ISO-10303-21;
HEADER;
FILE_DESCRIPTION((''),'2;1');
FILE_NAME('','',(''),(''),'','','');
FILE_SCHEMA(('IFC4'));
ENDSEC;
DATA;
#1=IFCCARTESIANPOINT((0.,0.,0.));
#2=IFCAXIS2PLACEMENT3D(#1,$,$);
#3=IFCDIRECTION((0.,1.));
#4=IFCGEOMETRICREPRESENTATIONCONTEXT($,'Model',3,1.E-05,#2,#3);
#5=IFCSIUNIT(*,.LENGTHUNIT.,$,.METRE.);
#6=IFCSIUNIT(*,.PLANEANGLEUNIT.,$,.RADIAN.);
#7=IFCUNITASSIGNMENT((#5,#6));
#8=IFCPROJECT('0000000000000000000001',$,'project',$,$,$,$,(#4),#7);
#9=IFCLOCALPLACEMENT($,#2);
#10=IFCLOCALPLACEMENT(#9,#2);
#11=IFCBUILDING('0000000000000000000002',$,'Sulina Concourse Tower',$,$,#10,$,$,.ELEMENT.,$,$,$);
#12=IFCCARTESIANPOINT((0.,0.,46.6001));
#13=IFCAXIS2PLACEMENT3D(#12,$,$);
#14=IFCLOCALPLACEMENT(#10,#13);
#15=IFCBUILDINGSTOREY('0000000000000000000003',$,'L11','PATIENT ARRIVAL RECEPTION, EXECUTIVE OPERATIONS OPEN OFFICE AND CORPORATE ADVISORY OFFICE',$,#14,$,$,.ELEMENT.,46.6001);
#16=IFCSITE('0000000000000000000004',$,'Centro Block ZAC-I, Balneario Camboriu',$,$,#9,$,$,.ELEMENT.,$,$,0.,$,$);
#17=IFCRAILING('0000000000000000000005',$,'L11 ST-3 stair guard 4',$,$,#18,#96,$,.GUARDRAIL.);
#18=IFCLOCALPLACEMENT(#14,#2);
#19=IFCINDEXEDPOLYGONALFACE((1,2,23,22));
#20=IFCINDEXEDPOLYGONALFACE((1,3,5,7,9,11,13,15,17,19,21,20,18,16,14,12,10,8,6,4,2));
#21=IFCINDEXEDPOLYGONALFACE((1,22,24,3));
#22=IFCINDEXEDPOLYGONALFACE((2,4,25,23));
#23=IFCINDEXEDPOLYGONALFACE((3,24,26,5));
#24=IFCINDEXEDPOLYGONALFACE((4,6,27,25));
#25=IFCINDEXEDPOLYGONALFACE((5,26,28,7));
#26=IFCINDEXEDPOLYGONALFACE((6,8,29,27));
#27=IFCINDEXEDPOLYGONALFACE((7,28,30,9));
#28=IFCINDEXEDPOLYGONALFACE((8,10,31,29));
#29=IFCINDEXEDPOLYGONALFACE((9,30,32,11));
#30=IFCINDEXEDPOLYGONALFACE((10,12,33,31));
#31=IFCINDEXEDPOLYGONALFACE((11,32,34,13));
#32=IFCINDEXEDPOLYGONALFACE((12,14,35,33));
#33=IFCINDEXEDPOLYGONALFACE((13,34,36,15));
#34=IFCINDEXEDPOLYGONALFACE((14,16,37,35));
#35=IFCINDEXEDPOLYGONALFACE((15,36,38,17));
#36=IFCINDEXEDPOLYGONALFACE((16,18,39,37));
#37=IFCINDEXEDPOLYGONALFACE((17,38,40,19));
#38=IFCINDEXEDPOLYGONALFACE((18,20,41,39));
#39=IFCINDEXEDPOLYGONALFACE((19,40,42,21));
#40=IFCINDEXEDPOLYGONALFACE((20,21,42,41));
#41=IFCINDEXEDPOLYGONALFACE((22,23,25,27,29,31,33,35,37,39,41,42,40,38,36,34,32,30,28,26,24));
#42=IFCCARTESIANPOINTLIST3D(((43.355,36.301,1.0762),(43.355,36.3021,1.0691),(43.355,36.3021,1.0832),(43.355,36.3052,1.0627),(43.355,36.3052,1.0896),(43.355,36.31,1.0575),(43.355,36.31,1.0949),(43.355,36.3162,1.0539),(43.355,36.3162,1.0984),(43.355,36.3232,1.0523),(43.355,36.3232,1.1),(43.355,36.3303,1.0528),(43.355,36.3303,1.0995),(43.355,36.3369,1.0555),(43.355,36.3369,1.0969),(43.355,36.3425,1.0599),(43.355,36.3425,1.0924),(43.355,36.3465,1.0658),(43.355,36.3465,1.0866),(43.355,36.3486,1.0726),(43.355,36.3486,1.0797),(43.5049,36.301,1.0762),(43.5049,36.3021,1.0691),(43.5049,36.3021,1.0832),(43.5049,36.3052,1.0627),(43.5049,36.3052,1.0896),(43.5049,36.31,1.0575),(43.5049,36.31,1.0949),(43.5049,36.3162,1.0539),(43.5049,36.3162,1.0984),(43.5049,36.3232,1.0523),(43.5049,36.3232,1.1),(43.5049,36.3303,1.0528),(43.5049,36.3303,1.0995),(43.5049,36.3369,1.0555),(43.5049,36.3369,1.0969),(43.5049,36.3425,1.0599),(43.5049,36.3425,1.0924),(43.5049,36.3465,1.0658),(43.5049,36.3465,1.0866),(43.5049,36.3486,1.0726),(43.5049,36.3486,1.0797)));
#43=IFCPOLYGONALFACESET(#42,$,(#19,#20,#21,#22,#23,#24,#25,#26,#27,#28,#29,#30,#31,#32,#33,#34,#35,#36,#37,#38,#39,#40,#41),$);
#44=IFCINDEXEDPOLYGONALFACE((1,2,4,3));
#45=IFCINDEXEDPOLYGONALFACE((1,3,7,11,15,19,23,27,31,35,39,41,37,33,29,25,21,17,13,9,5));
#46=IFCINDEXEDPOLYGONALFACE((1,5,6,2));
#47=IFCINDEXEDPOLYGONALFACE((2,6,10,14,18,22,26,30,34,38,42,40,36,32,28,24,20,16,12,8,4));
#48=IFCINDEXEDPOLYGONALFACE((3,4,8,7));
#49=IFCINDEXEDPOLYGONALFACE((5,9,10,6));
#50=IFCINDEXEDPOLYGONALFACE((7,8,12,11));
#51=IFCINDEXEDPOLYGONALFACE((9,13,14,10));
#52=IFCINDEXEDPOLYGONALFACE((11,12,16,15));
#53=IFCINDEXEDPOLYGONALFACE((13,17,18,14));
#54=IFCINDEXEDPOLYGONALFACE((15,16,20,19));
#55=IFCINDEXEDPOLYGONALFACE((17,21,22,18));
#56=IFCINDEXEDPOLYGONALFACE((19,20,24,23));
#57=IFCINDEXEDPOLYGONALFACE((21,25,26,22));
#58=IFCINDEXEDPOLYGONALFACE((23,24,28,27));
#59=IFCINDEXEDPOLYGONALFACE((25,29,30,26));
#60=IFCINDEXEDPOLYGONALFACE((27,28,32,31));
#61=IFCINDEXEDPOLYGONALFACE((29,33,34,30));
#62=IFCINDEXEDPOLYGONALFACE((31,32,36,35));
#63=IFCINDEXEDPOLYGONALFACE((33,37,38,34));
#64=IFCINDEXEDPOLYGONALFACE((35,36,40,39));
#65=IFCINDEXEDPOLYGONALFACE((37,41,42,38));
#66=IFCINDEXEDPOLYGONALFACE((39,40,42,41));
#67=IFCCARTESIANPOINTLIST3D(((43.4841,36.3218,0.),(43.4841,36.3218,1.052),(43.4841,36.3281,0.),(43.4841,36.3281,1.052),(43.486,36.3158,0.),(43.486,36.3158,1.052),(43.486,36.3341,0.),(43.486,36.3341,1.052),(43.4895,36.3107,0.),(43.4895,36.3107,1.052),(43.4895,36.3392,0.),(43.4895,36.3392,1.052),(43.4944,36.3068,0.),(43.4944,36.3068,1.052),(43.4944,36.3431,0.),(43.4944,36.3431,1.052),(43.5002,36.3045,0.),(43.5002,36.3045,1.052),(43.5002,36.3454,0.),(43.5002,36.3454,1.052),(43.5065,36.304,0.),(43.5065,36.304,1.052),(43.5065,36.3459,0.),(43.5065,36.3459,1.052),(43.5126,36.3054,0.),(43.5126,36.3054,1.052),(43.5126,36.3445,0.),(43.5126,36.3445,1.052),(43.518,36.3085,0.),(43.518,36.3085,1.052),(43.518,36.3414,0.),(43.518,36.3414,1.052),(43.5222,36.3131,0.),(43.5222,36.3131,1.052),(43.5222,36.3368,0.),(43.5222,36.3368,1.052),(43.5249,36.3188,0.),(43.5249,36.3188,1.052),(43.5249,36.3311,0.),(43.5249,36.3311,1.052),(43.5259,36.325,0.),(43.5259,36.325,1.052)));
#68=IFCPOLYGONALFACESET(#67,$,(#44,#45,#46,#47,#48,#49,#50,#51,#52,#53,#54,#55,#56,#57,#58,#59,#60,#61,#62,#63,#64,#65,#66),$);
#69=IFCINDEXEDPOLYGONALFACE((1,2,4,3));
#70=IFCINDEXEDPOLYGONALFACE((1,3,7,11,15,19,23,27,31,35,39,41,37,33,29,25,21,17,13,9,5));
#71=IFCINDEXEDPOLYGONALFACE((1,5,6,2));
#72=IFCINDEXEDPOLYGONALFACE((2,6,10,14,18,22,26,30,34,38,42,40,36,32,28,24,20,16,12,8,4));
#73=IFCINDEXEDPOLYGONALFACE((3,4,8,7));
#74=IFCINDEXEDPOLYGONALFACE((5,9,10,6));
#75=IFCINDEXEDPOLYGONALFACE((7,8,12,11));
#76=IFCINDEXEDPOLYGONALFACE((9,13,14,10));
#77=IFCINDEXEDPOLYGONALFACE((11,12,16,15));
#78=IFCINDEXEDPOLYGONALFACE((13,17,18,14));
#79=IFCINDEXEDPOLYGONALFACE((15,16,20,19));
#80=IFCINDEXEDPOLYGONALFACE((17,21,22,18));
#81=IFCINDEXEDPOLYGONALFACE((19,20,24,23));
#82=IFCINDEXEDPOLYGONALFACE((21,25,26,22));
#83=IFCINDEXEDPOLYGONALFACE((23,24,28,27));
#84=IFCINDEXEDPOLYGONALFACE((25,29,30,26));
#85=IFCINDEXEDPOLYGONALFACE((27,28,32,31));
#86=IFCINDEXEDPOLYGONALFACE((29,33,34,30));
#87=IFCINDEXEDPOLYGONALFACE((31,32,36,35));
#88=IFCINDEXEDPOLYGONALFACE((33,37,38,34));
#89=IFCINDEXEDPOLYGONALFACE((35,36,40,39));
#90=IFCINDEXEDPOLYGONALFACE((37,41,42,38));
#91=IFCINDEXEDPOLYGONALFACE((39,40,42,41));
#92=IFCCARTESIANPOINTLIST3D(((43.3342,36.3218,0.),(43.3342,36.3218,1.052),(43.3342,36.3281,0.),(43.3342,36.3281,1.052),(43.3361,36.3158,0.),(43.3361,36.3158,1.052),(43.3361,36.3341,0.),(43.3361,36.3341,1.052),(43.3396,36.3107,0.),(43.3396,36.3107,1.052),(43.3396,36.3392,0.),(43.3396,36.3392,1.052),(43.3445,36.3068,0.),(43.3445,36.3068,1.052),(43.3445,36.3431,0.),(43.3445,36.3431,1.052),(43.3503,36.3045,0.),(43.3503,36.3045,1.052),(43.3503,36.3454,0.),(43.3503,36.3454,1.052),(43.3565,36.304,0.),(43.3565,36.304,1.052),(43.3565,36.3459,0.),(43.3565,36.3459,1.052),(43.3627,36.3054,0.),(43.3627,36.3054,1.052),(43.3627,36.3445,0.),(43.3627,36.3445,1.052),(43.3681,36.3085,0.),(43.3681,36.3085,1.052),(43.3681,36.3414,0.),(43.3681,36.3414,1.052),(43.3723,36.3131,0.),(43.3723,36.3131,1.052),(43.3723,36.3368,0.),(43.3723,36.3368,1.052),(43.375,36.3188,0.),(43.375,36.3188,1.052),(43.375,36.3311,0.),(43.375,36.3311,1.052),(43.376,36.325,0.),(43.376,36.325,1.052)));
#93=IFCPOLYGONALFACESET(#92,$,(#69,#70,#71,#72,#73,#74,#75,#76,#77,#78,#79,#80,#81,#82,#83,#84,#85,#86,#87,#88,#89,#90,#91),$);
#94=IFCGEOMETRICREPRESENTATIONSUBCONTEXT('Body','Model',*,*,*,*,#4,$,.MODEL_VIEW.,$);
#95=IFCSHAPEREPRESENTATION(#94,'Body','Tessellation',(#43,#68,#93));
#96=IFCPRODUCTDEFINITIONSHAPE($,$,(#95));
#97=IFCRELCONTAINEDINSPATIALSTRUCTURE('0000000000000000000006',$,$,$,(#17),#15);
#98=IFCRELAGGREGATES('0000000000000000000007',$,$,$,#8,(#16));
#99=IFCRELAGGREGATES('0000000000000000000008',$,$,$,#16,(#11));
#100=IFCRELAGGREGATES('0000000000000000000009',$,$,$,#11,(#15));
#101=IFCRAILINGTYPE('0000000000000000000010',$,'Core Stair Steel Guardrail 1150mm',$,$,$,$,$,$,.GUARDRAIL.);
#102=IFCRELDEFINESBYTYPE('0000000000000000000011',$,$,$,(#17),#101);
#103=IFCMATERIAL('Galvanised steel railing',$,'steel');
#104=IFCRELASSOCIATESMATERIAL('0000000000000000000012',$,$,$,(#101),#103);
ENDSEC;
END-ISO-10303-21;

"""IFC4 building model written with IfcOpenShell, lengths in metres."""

from ifc_helpers import new_model, si_unit, direction, frame, origin, origin_2d, place, context, subcontext, project, spatial, circle, extrude, material, type_object, element, save


model = new_model("IFC4")

# Units and contexts
model_context = context("Model", 3, precision=1e-05, world=origin(), true_north=direction((0.0, 1.0)))
body_context = subcontext(model_context, "Body", "Model", "MODEL_VIEW")
ifc_project = project(units=[si_unit("LENGTHUNIT", "METRE"), si_unit("PLANEANGLEUNIT", "RADIAN")], contexts=[model_context])

# Site, building, storey
site_placement = place(None, origin())
site = spatial("IfcSite", under=ifc_project, at=site_placement, Name="Centro Block ZAC-I, Balneario Camboriu", CompositionType="ELEMENT", RefElevation=0.0)
building_placement = place(site_placement, origin())
building = spatial("IfcBuilding", under=site, at=building_placement, Name="Sulina Concourse Tower", CompositionType="ELEMENT")
storey_placement = place(building_placement, frame((0.0, 0.0, 46.6001)))
storey = spatial("IfcBuildingStorey", under=building, at=storey_placement, Name="L11", Description="PATIENT ARRIVAL RECEPTION, EXECUTIVE OPERATIONS OPEN OFFICE AND CORPORATE ADVISORY OFFICE", CompositionType="ELEMENT", Elevation=46.6001)

# Railing
ifc_material_1 = material(Name="Galvanised steel railing", Category="steel")
railing_type = type_object("IfcRailingType", Name="Core Stair Steel Guardrail 1150mm", PredefinedType="GUARDRAIL", material=ifc_material_1)
railing_1_placement = place(storey_placement, frame((43.5049, 36.325, 0.0)))
element("IfcRailing", 1, at=railing_1_placement, inside=storey, type_object=railing_type, Name="L11 ST-3 stair guard 4", PredefinedType="GUARDRAIL", context=body_context, shape_type="SweptSolid", body=[
    extrude(circle(Radius=0.0239, at=origin_2d()), frame((0.0, 0.0, 1.0762), z_axis=(-1.0, 0.0, 0.0), x_axis=(0.0, -1.0, 0.0)), (0.0, 0.0, 1.0), 0.1499),
    extrude(circle(Radius=0.021, at=origin_2d()), origin(), (0.0, 0.0, 1.0), 1.052),
    extrude(circle(Radius=0.021, at=origin_2d()), frame((-0.1499, 0.0, 0.0)), (0.0, 0.0, 1.0), 1.052),
])

save(model, "model.ifc")
